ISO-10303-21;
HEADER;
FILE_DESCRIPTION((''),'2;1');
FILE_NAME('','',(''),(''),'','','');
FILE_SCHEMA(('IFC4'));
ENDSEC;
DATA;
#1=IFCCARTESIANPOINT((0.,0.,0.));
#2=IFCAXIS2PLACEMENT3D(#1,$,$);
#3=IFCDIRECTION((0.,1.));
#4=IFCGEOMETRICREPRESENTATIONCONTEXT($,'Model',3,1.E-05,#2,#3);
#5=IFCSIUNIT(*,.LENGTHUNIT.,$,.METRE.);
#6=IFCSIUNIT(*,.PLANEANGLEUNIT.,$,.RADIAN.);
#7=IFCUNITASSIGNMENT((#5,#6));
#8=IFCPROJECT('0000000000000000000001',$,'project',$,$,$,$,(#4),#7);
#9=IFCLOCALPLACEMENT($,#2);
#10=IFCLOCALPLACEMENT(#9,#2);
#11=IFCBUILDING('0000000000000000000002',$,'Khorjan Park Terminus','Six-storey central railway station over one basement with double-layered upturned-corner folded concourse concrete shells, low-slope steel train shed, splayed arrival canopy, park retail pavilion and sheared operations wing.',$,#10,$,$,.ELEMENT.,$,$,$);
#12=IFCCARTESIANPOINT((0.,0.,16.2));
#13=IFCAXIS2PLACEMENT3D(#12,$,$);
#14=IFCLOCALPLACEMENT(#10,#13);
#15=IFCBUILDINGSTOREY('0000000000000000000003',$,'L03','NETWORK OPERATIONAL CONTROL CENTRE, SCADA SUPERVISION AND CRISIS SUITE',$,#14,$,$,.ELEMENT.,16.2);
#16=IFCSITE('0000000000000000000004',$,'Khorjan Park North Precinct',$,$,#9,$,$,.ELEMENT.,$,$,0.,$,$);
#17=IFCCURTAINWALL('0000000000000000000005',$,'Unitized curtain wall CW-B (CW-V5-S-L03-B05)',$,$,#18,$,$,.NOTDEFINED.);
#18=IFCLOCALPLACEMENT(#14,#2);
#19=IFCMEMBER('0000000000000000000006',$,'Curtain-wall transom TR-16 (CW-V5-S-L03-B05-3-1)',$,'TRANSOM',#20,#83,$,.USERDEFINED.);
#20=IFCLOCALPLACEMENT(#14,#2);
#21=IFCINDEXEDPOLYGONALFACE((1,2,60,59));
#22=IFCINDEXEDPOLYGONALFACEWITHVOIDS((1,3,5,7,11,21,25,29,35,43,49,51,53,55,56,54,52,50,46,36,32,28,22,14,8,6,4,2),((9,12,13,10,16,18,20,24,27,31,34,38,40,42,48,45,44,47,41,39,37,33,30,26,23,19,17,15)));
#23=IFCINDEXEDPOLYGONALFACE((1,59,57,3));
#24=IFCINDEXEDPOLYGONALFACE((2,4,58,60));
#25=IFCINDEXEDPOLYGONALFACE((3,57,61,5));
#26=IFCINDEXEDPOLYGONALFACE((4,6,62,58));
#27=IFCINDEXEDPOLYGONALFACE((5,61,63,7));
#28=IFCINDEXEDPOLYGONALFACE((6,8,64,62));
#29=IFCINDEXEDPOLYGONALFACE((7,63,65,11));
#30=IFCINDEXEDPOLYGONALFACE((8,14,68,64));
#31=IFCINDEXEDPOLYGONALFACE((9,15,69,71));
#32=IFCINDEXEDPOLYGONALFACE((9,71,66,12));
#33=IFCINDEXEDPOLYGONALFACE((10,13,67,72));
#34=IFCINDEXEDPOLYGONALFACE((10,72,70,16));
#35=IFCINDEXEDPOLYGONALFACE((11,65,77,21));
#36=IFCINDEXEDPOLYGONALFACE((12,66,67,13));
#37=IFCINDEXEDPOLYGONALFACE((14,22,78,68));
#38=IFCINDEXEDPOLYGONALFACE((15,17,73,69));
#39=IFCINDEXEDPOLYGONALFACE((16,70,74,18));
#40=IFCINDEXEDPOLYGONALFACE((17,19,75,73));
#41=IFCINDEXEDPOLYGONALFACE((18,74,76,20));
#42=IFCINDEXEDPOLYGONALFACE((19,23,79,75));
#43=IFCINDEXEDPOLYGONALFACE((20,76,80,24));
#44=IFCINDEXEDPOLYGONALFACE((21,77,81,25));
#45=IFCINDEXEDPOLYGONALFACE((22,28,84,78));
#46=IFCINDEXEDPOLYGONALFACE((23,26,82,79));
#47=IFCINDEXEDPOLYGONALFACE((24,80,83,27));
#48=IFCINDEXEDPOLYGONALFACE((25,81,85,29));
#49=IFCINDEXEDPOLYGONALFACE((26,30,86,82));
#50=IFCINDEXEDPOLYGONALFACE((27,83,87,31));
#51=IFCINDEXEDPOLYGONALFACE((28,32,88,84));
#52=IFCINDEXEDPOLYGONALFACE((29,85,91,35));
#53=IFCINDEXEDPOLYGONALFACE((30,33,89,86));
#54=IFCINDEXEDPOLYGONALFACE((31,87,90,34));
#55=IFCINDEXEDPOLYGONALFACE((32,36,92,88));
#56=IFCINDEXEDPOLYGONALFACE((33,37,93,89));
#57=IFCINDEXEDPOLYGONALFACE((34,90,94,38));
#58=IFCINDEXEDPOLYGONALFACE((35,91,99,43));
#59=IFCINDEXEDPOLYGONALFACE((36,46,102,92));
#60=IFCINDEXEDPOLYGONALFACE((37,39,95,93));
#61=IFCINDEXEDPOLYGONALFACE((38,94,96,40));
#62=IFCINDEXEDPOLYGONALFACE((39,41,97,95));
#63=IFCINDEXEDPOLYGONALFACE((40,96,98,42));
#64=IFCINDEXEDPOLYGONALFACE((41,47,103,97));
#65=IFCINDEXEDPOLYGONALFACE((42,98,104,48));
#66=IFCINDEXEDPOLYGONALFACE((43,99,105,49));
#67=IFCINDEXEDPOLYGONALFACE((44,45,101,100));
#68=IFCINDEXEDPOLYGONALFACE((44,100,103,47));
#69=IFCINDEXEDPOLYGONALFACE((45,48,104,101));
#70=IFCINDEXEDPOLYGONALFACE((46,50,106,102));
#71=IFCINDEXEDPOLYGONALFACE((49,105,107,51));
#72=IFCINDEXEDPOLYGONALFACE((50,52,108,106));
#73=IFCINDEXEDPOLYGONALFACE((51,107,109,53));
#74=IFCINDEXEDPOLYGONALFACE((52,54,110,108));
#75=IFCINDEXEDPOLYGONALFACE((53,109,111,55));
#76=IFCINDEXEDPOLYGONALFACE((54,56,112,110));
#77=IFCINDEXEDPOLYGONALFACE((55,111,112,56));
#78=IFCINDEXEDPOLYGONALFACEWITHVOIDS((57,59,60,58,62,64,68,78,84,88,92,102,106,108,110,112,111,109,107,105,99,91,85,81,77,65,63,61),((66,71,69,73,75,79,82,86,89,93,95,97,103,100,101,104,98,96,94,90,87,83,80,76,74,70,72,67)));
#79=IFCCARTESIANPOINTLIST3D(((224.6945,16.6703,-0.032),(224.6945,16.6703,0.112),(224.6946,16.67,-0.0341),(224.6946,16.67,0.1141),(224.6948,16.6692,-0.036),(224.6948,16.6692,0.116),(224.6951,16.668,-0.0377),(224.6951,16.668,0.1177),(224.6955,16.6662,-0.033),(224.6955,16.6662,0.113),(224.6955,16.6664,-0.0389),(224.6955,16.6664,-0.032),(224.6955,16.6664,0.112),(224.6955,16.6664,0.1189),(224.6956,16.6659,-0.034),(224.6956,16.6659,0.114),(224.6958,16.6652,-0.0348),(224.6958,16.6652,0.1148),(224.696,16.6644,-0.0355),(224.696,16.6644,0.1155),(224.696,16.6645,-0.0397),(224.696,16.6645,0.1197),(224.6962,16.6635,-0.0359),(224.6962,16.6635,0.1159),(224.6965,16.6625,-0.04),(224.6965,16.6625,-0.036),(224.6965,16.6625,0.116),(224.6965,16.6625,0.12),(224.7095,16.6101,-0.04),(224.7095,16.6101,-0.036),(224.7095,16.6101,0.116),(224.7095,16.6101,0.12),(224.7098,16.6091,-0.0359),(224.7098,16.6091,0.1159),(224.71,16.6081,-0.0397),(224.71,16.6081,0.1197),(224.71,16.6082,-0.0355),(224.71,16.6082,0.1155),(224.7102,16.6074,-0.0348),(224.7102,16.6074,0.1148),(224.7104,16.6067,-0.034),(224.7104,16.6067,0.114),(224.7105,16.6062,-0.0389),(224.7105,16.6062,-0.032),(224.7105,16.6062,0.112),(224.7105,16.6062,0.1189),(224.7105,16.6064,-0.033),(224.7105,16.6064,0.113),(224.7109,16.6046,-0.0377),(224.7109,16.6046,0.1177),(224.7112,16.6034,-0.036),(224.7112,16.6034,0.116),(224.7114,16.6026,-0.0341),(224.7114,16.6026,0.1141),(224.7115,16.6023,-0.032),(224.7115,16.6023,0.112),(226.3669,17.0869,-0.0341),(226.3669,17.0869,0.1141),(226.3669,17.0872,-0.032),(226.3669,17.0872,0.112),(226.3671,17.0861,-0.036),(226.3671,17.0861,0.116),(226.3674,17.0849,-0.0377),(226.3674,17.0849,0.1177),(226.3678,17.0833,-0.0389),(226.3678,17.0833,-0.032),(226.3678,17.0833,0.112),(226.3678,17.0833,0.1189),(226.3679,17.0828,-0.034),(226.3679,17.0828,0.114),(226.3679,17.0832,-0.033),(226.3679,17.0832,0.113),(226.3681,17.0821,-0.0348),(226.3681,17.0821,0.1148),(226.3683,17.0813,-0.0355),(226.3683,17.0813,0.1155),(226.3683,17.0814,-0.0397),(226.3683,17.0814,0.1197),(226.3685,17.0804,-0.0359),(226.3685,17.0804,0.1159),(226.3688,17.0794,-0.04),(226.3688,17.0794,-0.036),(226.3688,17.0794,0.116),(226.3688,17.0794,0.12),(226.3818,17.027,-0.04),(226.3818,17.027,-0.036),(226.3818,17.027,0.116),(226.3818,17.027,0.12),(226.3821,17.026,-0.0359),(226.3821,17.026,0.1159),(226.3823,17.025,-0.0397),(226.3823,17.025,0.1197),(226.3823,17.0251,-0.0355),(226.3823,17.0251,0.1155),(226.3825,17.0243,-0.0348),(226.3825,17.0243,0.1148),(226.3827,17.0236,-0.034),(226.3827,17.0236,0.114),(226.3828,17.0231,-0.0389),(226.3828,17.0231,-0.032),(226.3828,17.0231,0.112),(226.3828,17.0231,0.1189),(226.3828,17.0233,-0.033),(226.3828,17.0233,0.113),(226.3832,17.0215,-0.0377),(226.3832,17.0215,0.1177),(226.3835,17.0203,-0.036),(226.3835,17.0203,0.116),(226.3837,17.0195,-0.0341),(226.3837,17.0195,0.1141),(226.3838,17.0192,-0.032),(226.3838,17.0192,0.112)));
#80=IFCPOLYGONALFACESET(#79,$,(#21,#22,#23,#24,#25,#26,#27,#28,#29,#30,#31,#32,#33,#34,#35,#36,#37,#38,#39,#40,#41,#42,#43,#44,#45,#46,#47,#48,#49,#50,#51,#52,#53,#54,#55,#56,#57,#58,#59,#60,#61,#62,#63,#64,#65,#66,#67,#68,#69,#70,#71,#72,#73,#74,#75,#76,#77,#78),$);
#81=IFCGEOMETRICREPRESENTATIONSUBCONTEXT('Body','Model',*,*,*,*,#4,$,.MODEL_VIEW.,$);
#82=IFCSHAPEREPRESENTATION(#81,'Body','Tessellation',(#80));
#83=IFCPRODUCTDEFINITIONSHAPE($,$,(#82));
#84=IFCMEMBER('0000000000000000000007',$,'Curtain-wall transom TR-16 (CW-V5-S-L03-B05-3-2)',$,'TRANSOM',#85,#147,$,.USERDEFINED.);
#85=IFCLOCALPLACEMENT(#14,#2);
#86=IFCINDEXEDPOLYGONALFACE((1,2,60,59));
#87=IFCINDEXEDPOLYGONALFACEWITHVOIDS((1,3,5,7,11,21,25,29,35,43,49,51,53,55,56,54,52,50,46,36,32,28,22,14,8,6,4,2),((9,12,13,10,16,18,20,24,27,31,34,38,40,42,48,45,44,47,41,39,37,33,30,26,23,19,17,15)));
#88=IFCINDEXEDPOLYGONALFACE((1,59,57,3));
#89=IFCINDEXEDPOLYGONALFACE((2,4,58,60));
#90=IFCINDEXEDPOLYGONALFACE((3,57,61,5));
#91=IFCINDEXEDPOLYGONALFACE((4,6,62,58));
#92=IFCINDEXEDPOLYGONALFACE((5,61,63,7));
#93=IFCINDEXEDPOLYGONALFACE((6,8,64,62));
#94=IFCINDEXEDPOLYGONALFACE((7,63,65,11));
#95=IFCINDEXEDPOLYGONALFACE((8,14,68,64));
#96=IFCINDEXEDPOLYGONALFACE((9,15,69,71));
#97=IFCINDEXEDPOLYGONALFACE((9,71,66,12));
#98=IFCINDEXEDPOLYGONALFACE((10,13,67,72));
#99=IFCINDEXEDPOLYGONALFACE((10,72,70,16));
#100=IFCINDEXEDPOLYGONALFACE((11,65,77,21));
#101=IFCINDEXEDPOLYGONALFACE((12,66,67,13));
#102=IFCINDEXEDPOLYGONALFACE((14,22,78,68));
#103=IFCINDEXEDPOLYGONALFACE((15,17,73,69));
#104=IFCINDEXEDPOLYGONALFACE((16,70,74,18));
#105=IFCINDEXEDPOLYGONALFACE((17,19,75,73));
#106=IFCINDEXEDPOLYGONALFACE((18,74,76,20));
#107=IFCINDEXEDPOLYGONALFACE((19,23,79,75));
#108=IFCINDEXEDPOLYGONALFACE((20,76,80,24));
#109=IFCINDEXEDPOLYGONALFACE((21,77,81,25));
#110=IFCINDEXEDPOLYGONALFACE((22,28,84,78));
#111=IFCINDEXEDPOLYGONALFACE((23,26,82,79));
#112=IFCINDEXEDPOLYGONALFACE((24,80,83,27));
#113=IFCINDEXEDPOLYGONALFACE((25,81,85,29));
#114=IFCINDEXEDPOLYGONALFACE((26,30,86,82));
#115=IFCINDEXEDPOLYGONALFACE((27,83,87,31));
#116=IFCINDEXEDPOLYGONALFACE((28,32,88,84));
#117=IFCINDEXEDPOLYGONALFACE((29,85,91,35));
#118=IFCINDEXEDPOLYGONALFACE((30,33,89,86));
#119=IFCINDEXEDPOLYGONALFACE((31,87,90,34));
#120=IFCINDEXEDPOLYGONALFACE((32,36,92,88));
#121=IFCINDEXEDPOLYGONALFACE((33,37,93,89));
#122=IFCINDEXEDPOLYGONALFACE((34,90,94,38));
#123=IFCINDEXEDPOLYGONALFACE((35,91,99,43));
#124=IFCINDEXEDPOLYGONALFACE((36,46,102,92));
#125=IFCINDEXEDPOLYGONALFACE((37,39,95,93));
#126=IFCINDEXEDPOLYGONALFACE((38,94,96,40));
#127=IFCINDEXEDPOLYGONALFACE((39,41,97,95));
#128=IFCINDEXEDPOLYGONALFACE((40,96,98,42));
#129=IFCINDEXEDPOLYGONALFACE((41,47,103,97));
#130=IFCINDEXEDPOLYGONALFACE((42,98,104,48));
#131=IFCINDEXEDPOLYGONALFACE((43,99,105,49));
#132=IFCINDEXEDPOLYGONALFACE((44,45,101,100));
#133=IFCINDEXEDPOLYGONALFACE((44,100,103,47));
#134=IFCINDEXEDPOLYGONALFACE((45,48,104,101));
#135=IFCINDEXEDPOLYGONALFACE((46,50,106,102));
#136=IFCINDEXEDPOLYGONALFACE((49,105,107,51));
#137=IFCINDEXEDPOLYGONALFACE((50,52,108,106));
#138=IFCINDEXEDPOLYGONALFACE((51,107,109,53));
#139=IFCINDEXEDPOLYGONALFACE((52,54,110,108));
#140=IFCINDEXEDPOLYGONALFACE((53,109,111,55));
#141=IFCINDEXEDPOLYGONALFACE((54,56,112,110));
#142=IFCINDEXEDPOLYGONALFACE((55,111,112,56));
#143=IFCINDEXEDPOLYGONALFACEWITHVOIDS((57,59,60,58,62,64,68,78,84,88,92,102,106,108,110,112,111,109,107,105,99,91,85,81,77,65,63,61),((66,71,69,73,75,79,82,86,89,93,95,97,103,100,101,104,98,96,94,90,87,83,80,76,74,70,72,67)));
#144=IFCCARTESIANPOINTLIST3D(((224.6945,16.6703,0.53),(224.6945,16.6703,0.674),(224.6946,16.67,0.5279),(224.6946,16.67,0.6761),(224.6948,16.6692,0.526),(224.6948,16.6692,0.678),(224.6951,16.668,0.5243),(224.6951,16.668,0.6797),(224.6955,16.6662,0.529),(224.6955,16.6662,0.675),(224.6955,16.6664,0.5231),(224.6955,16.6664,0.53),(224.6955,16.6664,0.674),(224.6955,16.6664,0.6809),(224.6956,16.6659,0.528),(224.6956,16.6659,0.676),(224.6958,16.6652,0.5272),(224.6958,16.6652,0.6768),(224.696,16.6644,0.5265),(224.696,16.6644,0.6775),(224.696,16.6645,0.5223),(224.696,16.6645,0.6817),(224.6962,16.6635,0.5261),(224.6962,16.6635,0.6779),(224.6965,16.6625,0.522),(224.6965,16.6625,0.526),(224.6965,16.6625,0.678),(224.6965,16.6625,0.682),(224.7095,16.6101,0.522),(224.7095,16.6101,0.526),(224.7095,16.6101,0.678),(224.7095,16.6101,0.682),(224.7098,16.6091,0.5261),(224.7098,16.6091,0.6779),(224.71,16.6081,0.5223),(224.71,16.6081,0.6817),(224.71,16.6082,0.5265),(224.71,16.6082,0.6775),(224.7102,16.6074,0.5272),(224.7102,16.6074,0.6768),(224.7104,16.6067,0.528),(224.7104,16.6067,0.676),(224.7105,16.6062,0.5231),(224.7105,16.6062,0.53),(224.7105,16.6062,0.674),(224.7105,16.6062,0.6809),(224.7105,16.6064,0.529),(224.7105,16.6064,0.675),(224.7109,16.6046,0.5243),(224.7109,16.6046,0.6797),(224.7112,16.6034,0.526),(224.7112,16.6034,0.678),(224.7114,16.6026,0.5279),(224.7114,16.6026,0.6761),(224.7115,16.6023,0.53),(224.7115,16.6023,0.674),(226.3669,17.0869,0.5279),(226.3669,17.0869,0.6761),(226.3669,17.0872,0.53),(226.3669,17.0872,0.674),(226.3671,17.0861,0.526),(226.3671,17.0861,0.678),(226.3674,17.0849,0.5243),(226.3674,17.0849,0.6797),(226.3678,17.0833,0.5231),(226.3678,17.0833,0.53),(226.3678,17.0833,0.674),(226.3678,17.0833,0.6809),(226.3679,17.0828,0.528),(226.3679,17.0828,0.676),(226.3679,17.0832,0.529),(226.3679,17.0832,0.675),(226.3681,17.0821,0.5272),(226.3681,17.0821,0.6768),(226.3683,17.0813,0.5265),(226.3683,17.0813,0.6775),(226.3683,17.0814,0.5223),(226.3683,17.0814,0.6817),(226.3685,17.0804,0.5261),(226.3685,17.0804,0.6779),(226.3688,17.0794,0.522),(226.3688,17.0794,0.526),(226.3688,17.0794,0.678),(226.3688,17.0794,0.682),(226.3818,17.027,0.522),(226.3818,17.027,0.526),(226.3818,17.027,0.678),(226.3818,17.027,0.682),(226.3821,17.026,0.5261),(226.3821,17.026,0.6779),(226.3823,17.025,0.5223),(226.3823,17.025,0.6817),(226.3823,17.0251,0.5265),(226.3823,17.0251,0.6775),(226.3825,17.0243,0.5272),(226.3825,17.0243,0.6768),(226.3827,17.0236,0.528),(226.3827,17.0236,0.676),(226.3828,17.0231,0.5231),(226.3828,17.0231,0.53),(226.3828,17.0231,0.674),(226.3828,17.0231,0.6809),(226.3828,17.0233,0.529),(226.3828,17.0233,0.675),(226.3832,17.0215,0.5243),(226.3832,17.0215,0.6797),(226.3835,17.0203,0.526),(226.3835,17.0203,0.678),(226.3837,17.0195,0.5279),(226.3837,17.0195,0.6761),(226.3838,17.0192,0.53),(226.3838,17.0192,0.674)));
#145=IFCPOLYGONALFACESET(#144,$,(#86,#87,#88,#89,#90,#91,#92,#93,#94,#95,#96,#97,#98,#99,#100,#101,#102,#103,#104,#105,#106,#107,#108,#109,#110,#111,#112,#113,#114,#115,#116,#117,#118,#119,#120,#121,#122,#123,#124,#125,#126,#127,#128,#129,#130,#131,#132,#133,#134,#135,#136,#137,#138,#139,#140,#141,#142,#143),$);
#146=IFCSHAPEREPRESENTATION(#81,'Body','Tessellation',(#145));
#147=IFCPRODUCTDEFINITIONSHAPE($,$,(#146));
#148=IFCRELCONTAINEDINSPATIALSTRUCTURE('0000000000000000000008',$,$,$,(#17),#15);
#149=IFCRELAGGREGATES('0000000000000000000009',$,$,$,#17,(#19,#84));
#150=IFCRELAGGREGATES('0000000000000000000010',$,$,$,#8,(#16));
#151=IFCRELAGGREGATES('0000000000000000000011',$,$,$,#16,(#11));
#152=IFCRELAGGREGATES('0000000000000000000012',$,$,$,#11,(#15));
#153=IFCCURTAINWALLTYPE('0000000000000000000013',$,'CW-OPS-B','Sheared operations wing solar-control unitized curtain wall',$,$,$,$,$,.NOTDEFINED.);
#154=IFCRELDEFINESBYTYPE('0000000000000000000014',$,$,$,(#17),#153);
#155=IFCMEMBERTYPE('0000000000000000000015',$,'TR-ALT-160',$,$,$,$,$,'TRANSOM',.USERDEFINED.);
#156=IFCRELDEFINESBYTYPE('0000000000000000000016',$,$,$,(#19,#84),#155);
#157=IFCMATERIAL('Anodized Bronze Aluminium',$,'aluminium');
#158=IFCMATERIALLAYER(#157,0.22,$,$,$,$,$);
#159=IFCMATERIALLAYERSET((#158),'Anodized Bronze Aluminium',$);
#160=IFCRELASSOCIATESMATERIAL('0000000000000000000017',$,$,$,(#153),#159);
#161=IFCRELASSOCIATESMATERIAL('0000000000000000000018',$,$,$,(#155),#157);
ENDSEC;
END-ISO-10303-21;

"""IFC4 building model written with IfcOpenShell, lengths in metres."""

from ifc_helpers import new_model, si_unit, direction, frame, origin, origin_2d, place, context, subcontext, project, spatial, hollow_rectangle, extrude, material, layer, layer_set, material_profile, profile_set, type_object, element, aggregate, save


model = new_model("IFC4")

# Units and contexts
model_context = context("Model", 3, precision=1e-05, world=origin(), true_north=direction((0.0, 1.0)))
body_context = subcontext(model_context, "Body", "Model", "MODEL_VIEW")
ifc_project = project(units=[si_unit("LENGTHUNIT", "METRE"), si_unit("PLANEANGLEUNIT", "RADIAN")], contexts=[model_context])

# Site, building, storey
site_placement = place(None, origin())
site = spatial("IfcSite", under=ifc_project, at=site_placement, Name="Khorjan Park North Precinct", CompositionType="ELEMENT", RefElevation=0.0)
building_placement = place(site_placement, origin())
building = spatial("IfcBuilding", under=site, at=building_placement, Name="Khorjan Park Terminus", Description="Six-storey central railway station over one basement with double-layered upturned-corner folded concourse concrete shells, low-slope steel train shed, splayed arrival canopy, park retail pavilion and sheared operations wing.", CompositionType="ELEMENT")
storey_placement = place(building_placement, frame((0.0, 0.0, 16.2)))
storey = spatial("IfcBuildingStorey", under=building, at=storey_placement, Name="L03", Description="NETWORK OPERATIONAL CONTROL CENTRE, SCADA SUPERVISION AND CRISIS SUITE", CompositionType="ELEMENT", Elevation=16.2)

# Curtain wall, members
ifc_material_1 = material(Name="Anodized Bronze Aluminium", Category="aluminium")
ifc_layer_1 = layer(ifc_material_1, 0.22)
ifc_layer_set_1 = layer_set([ifc_layer_1], Name="Anodized Bronze Aluminium")
curtain_wall_type = type_object("IfcCurtainWallType", Name="CW-OPS-B", Description="Sheared operations wing solar-control unitized curtain wall", PredefinedType="NOTDEFINED", material=ifc_layer_set_1)
curtain_wall_placement = place(storey_placement, origin())
curtain_wall = element("IfcCurtainWall", 1, at=curtain_wall_placement, inside=storey, type_object=curtain_wall_type, Name="Unitized curtain wall CW-B (CW-V5-S-L03-B05)", PredefinedType="NOTDEFINED")
ifc_material_profile_1 = material_profile(ifc_material_1, hollow_rectangle(XDim=0.07, YDim=0.16, WallThickness=0.004, InnerFilletRadius=0.004, OuterFilletRadius=0.008, at=origin_2d()), Name="ALT 70x160x4")
ifc_profile_set_1 = profile_set([ifc_material_profile_1], Name="Anodized Bronze Aluminium")
member_type_1 = type_object("IfcMemberType", Name="TR-ALT-160", ElementType="TRANSOM", PredefinedType="USERDEFINED", material=ifc_profile_set_1)
member_1_placement = place(storey_placement, frame((224.703, 16.6363, 0.04), z_axis=(0.970303, 0.241894, 0.0), x_axis=(-0.241894, 0.970303, 0.0)))
member_1 = element("IfcMember", 2, at=member_1_placement, type_object=member_type_1, Name="Curtain-wall transom TR-16 (CW-V5-S-L03-B05-3-1)", ObjectType="TRANSOM", PredefinedType="USERDEFINED", context=body_context, shape_type="SweptSolid", body=[
    extrude(hollow_rectangle(XDim=0.07, YDim=0.16, WallThickness=0.004, InnerFilletRadius=0.004, OuterFilletRadius=0.008, at=origin_2d()), origin(), (0.0, 0.0, 1.0), 1.7235),
])
member_2_placement = place(storey_placement, frame((224.703, 16.6363, 0.602), z_axis=(0.970303, 0.241894, 0.0), x_axis=(-0.241894, 0.970303, 0.0)))
member_2 = element("IfcMember", 3, at=member_2_placement, type_object=member_type_1, Name="Curtain-wall transom TR-16 (CW-V5-S-L03-B05-3-2)", ObjectType="TRANSOM", PredefinedType="USERDEFINED", context=body_context, shape_type="SweptSolid", body=[
    extrude(hollow_rectangle(XDim=0.07, YDim=0.16, WallThickness=0.004, InnerFilletRadius=0.004, OuterFilletRadius=0.008, at=origin_2d()), origin(), (0.0, 0.0, 1.0), 1.7235),
])
aggregate(curtain_wall, [member_1, member_2])

save(model, "model.ifc")
